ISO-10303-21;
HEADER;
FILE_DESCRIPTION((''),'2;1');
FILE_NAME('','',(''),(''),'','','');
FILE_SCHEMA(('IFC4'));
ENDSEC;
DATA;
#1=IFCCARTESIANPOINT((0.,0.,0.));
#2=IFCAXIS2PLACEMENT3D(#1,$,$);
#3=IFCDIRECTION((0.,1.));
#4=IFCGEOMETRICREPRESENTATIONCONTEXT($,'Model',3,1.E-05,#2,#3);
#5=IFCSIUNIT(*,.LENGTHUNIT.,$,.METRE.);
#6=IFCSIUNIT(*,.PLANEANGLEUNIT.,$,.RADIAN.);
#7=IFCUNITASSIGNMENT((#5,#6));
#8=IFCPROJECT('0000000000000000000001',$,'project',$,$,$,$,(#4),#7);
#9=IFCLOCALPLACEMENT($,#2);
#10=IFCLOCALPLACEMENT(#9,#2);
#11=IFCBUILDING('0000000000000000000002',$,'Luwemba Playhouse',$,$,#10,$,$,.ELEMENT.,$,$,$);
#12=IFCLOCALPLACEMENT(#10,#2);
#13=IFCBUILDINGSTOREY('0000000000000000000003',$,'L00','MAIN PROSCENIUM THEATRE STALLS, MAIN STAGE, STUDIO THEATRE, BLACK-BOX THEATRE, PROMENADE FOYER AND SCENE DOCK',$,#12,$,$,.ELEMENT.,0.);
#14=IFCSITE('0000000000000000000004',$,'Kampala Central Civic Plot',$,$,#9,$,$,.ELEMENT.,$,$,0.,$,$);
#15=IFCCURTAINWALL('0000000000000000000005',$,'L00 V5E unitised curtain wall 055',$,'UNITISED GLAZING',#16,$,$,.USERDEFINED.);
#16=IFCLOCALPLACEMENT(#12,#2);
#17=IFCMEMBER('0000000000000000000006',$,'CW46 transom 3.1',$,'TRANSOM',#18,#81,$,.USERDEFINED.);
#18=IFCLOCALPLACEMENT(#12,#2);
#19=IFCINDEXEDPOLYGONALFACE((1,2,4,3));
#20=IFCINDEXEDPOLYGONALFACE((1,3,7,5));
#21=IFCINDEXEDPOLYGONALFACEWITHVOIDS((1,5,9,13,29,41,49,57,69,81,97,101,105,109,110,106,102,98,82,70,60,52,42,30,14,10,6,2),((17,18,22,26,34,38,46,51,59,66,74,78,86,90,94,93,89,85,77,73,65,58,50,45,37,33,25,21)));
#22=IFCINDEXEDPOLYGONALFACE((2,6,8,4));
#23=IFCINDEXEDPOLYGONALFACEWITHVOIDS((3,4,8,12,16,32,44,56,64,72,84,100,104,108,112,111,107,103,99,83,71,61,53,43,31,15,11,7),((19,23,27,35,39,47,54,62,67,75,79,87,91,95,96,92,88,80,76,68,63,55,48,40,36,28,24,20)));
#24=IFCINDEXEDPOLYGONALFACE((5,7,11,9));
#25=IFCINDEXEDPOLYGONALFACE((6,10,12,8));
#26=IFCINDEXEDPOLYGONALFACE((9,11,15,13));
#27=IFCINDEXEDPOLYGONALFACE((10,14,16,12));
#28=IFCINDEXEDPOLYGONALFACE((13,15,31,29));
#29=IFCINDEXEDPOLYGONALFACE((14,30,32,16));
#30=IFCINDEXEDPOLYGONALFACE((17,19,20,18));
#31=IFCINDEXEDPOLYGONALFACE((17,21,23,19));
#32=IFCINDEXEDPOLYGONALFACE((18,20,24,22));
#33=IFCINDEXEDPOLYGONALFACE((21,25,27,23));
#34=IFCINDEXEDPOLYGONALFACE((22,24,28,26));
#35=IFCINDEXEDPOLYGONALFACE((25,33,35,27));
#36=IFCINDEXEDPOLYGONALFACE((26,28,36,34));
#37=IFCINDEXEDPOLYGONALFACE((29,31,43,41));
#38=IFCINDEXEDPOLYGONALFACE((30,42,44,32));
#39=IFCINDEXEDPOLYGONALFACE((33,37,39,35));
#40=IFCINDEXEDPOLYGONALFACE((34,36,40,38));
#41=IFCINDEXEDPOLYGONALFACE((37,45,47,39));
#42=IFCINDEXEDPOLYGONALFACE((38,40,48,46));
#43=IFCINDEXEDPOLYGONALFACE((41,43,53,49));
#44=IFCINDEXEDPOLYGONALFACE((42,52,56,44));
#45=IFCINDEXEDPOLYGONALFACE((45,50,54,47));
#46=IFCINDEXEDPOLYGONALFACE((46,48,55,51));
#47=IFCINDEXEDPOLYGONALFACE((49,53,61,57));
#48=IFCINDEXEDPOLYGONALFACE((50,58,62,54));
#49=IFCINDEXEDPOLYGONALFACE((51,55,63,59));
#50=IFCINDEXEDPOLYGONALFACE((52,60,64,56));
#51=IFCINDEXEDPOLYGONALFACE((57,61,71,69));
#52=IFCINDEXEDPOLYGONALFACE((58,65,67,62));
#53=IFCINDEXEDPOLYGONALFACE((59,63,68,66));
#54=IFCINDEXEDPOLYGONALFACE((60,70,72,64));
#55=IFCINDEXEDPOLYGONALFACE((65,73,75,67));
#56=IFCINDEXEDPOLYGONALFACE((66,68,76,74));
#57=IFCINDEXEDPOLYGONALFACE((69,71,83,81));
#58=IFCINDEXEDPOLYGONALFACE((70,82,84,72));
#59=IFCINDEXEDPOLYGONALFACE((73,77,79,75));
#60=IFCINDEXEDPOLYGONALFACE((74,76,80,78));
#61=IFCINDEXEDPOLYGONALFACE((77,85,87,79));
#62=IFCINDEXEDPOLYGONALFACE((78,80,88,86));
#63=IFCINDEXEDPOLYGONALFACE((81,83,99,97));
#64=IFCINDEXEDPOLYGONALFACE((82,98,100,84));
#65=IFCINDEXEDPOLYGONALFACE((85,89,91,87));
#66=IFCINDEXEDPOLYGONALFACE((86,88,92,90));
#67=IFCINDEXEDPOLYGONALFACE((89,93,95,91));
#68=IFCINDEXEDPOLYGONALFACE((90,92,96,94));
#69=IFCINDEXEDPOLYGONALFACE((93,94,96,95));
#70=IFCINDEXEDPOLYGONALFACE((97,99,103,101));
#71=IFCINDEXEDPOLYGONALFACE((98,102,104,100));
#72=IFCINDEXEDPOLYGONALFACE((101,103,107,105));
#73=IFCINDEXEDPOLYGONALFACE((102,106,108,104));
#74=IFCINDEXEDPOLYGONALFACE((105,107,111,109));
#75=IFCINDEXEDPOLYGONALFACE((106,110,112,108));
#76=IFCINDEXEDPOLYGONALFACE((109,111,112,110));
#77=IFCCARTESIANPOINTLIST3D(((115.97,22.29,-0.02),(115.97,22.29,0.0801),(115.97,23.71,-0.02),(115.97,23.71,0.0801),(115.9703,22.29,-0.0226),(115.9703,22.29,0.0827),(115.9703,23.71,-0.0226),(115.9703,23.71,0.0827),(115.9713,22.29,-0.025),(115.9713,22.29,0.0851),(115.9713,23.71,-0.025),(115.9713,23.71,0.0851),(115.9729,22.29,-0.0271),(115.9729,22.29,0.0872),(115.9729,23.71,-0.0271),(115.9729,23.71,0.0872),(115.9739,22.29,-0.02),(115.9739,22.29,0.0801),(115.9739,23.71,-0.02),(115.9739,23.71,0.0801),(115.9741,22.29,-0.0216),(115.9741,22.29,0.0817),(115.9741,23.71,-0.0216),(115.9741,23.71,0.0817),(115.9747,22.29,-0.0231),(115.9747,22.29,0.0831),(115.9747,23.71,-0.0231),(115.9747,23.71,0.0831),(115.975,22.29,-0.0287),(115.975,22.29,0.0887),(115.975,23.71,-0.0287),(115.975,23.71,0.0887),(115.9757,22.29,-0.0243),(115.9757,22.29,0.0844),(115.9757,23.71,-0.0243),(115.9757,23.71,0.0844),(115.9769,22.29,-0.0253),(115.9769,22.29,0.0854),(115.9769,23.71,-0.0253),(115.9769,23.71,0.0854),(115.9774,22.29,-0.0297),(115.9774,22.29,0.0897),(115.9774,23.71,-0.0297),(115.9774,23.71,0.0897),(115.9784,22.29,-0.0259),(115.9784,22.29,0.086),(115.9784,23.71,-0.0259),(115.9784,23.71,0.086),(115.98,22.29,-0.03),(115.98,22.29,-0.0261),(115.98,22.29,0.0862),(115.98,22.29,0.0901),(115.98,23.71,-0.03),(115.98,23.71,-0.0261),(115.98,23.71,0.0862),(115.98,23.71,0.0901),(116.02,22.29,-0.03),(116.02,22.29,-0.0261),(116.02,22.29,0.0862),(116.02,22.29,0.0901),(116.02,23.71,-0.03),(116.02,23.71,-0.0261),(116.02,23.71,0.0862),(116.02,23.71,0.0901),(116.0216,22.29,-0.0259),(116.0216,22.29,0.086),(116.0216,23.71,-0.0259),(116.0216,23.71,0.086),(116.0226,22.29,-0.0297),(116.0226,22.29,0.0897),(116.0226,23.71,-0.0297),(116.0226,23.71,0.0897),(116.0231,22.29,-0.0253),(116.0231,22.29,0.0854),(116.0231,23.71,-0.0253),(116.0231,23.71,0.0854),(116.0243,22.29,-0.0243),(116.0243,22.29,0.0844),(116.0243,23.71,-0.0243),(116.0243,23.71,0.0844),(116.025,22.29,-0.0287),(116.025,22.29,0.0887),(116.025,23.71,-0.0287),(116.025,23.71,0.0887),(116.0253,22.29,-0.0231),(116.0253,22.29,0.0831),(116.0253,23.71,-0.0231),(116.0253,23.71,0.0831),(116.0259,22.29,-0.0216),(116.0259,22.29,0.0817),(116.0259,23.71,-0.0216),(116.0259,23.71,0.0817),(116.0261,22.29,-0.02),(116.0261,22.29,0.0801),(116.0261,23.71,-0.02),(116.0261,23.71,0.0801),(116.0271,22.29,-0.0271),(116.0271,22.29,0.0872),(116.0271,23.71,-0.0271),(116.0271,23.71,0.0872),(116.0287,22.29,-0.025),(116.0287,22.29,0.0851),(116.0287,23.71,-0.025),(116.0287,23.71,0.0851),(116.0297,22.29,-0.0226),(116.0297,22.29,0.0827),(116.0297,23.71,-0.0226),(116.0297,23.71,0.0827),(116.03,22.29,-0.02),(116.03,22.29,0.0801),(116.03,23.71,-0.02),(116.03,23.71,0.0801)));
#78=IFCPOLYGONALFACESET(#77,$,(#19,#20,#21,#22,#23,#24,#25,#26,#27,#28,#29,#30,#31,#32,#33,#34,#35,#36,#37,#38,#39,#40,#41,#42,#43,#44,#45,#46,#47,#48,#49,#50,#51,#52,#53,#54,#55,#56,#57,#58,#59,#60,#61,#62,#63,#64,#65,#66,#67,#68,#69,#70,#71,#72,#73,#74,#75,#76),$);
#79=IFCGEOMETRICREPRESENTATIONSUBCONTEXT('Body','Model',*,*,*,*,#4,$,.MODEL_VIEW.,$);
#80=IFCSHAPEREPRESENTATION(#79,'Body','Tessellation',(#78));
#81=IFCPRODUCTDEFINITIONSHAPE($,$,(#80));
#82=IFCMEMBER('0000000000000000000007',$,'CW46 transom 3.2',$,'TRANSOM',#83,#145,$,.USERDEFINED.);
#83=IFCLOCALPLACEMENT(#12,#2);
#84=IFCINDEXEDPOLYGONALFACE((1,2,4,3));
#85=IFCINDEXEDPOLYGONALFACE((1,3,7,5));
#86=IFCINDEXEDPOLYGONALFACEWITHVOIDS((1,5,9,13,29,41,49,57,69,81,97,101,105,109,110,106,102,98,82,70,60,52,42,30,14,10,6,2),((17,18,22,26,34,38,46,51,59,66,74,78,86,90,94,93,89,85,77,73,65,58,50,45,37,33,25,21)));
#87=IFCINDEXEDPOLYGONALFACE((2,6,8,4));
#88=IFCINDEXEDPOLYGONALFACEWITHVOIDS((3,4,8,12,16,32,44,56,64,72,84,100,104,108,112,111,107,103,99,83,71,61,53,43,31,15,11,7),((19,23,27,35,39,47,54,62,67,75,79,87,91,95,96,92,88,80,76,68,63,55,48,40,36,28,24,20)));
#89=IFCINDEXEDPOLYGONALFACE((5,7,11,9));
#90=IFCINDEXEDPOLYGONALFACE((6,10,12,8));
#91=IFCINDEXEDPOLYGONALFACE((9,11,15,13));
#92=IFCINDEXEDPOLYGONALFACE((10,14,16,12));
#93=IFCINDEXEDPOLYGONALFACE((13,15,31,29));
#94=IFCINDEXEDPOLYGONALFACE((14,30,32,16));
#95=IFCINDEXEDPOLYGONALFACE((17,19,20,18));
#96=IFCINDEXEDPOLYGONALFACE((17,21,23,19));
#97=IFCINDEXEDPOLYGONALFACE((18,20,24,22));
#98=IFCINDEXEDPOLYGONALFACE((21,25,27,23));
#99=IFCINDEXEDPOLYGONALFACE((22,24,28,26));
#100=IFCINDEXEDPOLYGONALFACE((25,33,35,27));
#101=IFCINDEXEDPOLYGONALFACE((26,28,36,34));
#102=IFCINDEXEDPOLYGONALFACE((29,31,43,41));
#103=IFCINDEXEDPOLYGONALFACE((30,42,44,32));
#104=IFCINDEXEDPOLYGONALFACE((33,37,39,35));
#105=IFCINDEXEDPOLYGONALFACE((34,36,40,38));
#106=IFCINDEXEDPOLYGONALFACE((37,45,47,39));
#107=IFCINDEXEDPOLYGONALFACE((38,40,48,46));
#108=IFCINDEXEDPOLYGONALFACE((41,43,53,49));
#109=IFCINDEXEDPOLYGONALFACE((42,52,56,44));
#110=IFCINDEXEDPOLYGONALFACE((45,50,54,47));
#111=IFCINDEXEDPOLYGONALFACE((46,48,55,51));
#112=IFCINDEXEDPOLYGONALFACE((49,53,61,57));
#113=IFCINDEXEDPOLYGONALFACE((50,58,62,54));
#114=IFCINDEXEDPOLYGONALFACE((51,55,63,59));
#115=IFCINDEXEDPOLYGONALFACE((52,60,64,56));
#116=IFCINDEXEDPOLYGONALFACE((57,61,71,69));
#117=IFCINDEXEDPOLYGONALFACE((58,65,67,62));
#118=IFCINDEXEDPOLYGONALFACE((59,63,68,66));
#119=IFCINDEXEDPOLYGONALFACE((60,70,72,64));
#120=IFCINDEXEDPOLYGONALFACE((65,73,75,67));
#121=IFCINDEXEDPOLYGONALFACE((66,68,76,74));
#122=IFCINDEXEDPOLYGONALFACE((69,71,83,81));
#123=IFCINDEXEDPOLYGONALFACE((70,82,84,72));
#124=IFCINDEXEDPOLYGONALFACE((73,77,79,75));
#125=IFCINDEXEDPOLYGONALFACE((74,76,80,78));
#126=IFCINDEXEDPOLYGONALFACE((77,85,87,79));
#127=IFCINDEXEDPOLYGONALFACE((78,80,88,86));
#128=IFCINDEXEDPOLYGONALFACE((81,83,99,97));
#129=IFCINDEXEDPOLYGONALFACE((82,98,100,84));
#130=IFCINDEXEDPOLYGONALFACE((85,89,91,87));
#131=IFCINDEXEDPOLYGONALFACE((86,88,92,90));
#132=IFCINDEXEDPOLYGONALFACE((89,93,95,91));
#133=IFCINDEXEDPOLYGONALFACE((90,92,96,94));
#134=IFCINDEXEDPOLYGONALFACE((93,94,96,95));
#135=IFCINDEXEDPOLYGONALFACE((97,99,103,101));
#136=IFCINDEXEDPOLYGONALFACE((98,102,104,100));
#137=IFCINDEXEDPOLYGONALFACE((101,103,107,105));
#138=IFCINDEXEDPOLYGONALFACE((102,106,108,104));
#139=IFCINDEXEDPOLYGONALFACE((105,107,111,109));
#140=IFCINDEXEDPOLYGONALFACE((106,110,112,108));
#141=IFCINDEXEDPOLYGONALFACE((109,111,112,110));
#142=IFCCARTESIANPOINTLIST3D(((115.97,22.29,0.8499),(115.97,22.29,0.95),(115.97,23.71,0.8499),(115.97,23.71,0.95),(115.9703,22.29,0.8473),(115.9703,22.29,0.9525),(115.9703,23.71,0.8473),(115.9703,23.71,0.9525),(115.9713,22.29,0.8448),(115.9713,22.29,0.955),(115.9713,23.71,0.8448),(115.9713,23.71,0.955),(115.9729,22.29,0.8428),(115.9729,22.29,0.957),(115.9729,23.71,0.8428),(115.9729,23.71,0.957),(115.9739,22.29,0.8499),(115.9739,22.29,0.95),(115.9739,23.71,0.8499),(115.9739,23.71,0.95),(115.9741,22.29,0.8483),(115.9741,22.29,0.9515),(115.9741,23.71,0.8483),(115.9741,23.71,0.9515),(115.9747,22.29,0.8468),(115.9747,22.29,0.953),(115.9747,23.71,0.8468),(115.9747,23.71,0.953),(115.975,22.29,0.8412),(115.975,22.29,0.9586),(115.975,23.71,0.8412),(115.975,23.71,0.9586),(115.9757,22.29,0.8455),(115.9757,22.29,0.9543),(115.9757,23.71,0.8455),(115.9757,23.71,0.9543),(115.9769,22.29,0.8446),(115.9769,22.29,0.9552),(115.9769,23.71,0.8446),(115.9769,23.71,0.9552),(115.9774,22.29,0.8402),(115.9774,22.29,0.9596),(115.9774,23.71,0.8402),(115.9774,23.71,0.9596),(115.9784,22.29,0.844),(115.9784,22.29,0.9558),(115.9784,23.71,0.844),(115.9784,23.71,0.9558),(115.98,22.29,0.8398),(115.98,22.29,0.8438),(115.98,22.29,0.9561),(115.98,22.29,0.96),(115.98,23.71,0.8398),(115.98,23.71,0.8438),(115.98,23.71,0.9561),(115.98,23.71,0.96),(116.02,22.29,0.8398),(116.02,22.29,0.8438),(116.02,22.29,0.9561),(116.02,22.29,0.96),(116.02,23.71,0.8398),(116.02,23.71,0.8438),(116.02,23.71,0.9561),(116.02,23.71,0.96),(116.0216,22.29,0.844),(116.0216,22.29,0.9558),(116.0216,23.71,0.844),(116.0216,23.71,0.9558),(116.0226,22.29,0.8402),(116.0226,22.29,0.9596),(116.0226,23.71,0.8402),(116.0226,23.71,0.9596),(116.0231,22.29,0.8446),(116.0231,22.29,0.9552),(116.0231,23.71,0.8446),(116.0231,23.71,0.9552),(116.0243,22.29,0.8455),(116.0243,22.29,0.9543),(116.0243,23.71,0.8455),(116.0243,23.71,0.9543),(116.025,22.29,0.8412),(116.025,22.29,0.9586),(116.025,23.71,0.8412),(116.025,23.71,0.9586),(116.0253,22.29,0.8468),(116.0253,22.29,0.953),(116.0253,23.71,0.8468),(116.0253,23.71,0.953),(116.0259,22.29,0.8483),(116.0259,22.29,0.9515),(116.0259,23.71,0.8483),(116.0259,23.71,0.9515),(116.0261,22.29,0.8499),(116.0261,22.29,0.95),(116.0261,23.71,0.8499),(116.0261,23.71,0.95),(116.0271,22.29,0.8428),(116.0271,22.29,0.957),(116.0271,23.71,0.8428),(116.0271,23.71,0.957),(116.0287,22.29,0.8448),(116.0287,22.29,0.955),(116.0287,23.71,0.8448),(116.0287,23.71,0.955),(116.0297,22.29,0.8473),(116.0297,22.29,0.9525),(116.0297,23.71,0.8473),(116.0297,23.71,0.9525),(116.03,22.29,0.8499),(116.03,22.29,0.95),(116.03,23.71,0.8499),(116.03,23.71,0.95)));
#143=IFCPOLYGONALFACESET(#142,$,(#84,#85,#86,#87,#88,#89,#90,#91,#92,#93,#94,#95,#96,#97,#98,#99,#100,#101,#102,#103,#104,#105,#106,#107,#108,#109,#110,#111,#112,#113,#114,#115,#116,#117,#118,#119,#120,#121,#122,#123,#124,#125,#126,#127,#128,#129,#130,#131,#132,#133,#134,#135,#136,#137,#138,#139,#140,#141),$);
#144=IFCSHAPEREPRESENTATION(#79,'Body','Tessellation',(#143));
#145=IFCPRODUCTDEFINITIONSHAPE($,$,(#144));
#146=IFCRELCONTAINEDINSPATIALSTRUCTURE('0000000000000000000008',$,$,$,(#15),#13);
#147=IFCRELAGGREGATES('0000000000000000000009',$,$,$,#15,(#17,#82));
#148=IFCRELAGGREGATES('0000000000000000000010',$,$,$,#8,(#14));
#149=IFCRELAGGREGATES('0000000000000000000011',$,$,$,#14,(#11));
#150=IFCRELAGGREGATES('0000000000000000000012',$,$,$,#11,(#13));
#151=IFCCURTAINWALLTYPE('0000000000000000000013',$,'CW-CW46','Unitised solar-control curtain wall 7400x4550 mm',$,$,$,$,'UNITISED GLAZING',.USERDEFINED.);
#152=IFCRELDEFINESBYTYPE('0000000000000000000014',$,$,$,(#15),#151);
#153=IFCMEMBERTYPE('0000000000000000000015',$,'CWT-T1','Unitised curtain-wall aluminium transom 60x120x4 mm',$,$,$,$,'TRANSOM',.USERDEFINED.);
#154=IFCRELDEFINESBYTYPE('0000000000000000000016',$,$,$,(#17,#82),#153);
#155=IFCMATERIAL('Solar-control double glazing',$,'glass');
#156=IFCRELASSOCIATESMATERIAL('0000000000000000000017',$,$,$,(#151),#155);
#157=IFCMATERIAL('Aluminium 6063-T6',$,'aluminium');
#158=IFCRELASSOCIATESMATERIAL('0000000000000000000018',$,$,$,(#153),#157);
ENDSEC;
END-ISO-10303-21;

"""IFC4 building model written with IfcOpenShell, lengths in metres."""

from ifc_helpers import new_model, si_unit, direction, frame, origin, origin_2d, place, context, subcontext, project, spatial, hollow_rectangle, extrude, material, material_profile, profile_set, type_object, element, aggregate, save


model = new_model("IFC4")

# Units and contexts
model_context = context("Model", 3, precision=1e-05, world=origin(), true_north=direction((0.0, 1.0)))
body_context = subcontext(model_context, "Body", "Model", "MODEL_VIEW")
ifc_project = project(units=[si_unit("LENGTHUNIT", "METRE"), si_unit("PLANEANGLEUNIT", "RADIAN")], contexts=[model_context])

# Site, building, storey
site_placement = place(None, origin())
site = spatial("IfcSite", under=ifc_project, at=site_placement, Name="Kampala Central Civic Plot", CompositionType="ELEMENT", RefElevation=0.0)
building_placement = place(site_placement, origin())
building = spatial("IfcBuilding", under=site, at=building_placement, Name="Luwemba Playhouse", CompositionType="ELEMENT")
storey_placement = place(building_placement, origin())
storey = spatial("IfcBuildingStorey", under=building, at=storey_placement, Name="L00", Description="MAIN PROSCENIUM THEATRE STALLS, MAIN STAGE, STUDIO THEATRE, BLACK-BOX THEATRE, PROMENADE FOYER AND SCENE DOCK", CompositionType="ELEMENT", Elevation=0.0)

# Curtain wall, members
ifc_material_1 = material(Name="Solar-control double glazing", Category="glass")
curtain_wall_type = type_object("IfcCurtainWallType", Name="CW-CW46", Description="Unitised solar-control curtain wall 7400x4550 mm", ElementType="UNITISED GLAZING", PredefinedType="USERDEFINED", material=ifc_material_1)
curtain_wall_placement = place(storey_placement, origin())
curtain_wall = element("IfcCurtainWall", 1, at=curtain_wall_placement, inside=storey, type_object=curtain_wall_type, Name="L00 V5E unitised curtain wall 055", ObjectType="UNITISED GLAZING", PredefinedType="USERDEFINED")
ifc_material_2 = material(Name="Aluminium 6063-T6", Category="aluminium")
ifc_material_profile_1 = material_profile(ifc_material_2, hollow_rectangle(XDim=0.0601, YDim=0.1201, WallThickness=0.0039, InnerFilletRadius=0.0061, OuterFilletRadius=0.01, at=origin_2d()))
ifc_profile_set_1 = profile_set([ifc_material_profile_1], Name="Aluminium 6063-T6")
member_type_1 = type_object("IfcMemberType", Name="CWT-T1", Description="Unitised curtain-wall aluminium transom 60x120x4 mm", ElementType="TRANSOM", PredefinedType="USERDEFINED", material=ifc_profile_set_1)
member_1_placement = place(storey_placement, frame((116.0, 22.29, 0.03), z_axis=(0.0, 1.0, 0.0), x_axis=(-1.0, 0.0, 0.0)))
member_1 = element("IfcMember", 2, at=member_1_placement, type_object=member_type_1, Name="CW46 transom 3.1", ObjectType="TRANSOM", PredefinedType="USERDEFINED", context=body_context, shape_type="SweptSolid", body=[
    extrude(hollow_rectangle(XDim=0.0601, YDim=0.1201, WallThickness=0.0039, InnerFilletRadius=0.0061, OuterFilletRadius=0.01, at=origin_2d()), origin(), (0.0, 0.0, 1.0), 1.4199),
])
member_2_placement = place(storey_placement, frame((116.0, 22.29, 0.8999), z_axis=(0.0, 1.0, 0.0), x_axis=(-1.0, 0.0, 0.0)))
member_2 = element("IfcMember", 3, at=member_2_placement, type_object=member_type_1, Name="CW46 transom 3.2", ObjectType="TRANSOM", PredefinedType="USERDEFINED", context=body_context, shape_type="SweptSolid", body=[
    extrude(hollow_rectangle(XDim=0.0601, YDim=0.1201, WallThickness=0.0039, InnerFilletRadius=0.0061, OuterFilletRadius=0.01, at=origin_2d()), origin(), (0.0, 0.0, 1.0), 1.4199),
])
aggregate(curtain_wall, [member_1, member_2])

save(model, "model.ifc")
